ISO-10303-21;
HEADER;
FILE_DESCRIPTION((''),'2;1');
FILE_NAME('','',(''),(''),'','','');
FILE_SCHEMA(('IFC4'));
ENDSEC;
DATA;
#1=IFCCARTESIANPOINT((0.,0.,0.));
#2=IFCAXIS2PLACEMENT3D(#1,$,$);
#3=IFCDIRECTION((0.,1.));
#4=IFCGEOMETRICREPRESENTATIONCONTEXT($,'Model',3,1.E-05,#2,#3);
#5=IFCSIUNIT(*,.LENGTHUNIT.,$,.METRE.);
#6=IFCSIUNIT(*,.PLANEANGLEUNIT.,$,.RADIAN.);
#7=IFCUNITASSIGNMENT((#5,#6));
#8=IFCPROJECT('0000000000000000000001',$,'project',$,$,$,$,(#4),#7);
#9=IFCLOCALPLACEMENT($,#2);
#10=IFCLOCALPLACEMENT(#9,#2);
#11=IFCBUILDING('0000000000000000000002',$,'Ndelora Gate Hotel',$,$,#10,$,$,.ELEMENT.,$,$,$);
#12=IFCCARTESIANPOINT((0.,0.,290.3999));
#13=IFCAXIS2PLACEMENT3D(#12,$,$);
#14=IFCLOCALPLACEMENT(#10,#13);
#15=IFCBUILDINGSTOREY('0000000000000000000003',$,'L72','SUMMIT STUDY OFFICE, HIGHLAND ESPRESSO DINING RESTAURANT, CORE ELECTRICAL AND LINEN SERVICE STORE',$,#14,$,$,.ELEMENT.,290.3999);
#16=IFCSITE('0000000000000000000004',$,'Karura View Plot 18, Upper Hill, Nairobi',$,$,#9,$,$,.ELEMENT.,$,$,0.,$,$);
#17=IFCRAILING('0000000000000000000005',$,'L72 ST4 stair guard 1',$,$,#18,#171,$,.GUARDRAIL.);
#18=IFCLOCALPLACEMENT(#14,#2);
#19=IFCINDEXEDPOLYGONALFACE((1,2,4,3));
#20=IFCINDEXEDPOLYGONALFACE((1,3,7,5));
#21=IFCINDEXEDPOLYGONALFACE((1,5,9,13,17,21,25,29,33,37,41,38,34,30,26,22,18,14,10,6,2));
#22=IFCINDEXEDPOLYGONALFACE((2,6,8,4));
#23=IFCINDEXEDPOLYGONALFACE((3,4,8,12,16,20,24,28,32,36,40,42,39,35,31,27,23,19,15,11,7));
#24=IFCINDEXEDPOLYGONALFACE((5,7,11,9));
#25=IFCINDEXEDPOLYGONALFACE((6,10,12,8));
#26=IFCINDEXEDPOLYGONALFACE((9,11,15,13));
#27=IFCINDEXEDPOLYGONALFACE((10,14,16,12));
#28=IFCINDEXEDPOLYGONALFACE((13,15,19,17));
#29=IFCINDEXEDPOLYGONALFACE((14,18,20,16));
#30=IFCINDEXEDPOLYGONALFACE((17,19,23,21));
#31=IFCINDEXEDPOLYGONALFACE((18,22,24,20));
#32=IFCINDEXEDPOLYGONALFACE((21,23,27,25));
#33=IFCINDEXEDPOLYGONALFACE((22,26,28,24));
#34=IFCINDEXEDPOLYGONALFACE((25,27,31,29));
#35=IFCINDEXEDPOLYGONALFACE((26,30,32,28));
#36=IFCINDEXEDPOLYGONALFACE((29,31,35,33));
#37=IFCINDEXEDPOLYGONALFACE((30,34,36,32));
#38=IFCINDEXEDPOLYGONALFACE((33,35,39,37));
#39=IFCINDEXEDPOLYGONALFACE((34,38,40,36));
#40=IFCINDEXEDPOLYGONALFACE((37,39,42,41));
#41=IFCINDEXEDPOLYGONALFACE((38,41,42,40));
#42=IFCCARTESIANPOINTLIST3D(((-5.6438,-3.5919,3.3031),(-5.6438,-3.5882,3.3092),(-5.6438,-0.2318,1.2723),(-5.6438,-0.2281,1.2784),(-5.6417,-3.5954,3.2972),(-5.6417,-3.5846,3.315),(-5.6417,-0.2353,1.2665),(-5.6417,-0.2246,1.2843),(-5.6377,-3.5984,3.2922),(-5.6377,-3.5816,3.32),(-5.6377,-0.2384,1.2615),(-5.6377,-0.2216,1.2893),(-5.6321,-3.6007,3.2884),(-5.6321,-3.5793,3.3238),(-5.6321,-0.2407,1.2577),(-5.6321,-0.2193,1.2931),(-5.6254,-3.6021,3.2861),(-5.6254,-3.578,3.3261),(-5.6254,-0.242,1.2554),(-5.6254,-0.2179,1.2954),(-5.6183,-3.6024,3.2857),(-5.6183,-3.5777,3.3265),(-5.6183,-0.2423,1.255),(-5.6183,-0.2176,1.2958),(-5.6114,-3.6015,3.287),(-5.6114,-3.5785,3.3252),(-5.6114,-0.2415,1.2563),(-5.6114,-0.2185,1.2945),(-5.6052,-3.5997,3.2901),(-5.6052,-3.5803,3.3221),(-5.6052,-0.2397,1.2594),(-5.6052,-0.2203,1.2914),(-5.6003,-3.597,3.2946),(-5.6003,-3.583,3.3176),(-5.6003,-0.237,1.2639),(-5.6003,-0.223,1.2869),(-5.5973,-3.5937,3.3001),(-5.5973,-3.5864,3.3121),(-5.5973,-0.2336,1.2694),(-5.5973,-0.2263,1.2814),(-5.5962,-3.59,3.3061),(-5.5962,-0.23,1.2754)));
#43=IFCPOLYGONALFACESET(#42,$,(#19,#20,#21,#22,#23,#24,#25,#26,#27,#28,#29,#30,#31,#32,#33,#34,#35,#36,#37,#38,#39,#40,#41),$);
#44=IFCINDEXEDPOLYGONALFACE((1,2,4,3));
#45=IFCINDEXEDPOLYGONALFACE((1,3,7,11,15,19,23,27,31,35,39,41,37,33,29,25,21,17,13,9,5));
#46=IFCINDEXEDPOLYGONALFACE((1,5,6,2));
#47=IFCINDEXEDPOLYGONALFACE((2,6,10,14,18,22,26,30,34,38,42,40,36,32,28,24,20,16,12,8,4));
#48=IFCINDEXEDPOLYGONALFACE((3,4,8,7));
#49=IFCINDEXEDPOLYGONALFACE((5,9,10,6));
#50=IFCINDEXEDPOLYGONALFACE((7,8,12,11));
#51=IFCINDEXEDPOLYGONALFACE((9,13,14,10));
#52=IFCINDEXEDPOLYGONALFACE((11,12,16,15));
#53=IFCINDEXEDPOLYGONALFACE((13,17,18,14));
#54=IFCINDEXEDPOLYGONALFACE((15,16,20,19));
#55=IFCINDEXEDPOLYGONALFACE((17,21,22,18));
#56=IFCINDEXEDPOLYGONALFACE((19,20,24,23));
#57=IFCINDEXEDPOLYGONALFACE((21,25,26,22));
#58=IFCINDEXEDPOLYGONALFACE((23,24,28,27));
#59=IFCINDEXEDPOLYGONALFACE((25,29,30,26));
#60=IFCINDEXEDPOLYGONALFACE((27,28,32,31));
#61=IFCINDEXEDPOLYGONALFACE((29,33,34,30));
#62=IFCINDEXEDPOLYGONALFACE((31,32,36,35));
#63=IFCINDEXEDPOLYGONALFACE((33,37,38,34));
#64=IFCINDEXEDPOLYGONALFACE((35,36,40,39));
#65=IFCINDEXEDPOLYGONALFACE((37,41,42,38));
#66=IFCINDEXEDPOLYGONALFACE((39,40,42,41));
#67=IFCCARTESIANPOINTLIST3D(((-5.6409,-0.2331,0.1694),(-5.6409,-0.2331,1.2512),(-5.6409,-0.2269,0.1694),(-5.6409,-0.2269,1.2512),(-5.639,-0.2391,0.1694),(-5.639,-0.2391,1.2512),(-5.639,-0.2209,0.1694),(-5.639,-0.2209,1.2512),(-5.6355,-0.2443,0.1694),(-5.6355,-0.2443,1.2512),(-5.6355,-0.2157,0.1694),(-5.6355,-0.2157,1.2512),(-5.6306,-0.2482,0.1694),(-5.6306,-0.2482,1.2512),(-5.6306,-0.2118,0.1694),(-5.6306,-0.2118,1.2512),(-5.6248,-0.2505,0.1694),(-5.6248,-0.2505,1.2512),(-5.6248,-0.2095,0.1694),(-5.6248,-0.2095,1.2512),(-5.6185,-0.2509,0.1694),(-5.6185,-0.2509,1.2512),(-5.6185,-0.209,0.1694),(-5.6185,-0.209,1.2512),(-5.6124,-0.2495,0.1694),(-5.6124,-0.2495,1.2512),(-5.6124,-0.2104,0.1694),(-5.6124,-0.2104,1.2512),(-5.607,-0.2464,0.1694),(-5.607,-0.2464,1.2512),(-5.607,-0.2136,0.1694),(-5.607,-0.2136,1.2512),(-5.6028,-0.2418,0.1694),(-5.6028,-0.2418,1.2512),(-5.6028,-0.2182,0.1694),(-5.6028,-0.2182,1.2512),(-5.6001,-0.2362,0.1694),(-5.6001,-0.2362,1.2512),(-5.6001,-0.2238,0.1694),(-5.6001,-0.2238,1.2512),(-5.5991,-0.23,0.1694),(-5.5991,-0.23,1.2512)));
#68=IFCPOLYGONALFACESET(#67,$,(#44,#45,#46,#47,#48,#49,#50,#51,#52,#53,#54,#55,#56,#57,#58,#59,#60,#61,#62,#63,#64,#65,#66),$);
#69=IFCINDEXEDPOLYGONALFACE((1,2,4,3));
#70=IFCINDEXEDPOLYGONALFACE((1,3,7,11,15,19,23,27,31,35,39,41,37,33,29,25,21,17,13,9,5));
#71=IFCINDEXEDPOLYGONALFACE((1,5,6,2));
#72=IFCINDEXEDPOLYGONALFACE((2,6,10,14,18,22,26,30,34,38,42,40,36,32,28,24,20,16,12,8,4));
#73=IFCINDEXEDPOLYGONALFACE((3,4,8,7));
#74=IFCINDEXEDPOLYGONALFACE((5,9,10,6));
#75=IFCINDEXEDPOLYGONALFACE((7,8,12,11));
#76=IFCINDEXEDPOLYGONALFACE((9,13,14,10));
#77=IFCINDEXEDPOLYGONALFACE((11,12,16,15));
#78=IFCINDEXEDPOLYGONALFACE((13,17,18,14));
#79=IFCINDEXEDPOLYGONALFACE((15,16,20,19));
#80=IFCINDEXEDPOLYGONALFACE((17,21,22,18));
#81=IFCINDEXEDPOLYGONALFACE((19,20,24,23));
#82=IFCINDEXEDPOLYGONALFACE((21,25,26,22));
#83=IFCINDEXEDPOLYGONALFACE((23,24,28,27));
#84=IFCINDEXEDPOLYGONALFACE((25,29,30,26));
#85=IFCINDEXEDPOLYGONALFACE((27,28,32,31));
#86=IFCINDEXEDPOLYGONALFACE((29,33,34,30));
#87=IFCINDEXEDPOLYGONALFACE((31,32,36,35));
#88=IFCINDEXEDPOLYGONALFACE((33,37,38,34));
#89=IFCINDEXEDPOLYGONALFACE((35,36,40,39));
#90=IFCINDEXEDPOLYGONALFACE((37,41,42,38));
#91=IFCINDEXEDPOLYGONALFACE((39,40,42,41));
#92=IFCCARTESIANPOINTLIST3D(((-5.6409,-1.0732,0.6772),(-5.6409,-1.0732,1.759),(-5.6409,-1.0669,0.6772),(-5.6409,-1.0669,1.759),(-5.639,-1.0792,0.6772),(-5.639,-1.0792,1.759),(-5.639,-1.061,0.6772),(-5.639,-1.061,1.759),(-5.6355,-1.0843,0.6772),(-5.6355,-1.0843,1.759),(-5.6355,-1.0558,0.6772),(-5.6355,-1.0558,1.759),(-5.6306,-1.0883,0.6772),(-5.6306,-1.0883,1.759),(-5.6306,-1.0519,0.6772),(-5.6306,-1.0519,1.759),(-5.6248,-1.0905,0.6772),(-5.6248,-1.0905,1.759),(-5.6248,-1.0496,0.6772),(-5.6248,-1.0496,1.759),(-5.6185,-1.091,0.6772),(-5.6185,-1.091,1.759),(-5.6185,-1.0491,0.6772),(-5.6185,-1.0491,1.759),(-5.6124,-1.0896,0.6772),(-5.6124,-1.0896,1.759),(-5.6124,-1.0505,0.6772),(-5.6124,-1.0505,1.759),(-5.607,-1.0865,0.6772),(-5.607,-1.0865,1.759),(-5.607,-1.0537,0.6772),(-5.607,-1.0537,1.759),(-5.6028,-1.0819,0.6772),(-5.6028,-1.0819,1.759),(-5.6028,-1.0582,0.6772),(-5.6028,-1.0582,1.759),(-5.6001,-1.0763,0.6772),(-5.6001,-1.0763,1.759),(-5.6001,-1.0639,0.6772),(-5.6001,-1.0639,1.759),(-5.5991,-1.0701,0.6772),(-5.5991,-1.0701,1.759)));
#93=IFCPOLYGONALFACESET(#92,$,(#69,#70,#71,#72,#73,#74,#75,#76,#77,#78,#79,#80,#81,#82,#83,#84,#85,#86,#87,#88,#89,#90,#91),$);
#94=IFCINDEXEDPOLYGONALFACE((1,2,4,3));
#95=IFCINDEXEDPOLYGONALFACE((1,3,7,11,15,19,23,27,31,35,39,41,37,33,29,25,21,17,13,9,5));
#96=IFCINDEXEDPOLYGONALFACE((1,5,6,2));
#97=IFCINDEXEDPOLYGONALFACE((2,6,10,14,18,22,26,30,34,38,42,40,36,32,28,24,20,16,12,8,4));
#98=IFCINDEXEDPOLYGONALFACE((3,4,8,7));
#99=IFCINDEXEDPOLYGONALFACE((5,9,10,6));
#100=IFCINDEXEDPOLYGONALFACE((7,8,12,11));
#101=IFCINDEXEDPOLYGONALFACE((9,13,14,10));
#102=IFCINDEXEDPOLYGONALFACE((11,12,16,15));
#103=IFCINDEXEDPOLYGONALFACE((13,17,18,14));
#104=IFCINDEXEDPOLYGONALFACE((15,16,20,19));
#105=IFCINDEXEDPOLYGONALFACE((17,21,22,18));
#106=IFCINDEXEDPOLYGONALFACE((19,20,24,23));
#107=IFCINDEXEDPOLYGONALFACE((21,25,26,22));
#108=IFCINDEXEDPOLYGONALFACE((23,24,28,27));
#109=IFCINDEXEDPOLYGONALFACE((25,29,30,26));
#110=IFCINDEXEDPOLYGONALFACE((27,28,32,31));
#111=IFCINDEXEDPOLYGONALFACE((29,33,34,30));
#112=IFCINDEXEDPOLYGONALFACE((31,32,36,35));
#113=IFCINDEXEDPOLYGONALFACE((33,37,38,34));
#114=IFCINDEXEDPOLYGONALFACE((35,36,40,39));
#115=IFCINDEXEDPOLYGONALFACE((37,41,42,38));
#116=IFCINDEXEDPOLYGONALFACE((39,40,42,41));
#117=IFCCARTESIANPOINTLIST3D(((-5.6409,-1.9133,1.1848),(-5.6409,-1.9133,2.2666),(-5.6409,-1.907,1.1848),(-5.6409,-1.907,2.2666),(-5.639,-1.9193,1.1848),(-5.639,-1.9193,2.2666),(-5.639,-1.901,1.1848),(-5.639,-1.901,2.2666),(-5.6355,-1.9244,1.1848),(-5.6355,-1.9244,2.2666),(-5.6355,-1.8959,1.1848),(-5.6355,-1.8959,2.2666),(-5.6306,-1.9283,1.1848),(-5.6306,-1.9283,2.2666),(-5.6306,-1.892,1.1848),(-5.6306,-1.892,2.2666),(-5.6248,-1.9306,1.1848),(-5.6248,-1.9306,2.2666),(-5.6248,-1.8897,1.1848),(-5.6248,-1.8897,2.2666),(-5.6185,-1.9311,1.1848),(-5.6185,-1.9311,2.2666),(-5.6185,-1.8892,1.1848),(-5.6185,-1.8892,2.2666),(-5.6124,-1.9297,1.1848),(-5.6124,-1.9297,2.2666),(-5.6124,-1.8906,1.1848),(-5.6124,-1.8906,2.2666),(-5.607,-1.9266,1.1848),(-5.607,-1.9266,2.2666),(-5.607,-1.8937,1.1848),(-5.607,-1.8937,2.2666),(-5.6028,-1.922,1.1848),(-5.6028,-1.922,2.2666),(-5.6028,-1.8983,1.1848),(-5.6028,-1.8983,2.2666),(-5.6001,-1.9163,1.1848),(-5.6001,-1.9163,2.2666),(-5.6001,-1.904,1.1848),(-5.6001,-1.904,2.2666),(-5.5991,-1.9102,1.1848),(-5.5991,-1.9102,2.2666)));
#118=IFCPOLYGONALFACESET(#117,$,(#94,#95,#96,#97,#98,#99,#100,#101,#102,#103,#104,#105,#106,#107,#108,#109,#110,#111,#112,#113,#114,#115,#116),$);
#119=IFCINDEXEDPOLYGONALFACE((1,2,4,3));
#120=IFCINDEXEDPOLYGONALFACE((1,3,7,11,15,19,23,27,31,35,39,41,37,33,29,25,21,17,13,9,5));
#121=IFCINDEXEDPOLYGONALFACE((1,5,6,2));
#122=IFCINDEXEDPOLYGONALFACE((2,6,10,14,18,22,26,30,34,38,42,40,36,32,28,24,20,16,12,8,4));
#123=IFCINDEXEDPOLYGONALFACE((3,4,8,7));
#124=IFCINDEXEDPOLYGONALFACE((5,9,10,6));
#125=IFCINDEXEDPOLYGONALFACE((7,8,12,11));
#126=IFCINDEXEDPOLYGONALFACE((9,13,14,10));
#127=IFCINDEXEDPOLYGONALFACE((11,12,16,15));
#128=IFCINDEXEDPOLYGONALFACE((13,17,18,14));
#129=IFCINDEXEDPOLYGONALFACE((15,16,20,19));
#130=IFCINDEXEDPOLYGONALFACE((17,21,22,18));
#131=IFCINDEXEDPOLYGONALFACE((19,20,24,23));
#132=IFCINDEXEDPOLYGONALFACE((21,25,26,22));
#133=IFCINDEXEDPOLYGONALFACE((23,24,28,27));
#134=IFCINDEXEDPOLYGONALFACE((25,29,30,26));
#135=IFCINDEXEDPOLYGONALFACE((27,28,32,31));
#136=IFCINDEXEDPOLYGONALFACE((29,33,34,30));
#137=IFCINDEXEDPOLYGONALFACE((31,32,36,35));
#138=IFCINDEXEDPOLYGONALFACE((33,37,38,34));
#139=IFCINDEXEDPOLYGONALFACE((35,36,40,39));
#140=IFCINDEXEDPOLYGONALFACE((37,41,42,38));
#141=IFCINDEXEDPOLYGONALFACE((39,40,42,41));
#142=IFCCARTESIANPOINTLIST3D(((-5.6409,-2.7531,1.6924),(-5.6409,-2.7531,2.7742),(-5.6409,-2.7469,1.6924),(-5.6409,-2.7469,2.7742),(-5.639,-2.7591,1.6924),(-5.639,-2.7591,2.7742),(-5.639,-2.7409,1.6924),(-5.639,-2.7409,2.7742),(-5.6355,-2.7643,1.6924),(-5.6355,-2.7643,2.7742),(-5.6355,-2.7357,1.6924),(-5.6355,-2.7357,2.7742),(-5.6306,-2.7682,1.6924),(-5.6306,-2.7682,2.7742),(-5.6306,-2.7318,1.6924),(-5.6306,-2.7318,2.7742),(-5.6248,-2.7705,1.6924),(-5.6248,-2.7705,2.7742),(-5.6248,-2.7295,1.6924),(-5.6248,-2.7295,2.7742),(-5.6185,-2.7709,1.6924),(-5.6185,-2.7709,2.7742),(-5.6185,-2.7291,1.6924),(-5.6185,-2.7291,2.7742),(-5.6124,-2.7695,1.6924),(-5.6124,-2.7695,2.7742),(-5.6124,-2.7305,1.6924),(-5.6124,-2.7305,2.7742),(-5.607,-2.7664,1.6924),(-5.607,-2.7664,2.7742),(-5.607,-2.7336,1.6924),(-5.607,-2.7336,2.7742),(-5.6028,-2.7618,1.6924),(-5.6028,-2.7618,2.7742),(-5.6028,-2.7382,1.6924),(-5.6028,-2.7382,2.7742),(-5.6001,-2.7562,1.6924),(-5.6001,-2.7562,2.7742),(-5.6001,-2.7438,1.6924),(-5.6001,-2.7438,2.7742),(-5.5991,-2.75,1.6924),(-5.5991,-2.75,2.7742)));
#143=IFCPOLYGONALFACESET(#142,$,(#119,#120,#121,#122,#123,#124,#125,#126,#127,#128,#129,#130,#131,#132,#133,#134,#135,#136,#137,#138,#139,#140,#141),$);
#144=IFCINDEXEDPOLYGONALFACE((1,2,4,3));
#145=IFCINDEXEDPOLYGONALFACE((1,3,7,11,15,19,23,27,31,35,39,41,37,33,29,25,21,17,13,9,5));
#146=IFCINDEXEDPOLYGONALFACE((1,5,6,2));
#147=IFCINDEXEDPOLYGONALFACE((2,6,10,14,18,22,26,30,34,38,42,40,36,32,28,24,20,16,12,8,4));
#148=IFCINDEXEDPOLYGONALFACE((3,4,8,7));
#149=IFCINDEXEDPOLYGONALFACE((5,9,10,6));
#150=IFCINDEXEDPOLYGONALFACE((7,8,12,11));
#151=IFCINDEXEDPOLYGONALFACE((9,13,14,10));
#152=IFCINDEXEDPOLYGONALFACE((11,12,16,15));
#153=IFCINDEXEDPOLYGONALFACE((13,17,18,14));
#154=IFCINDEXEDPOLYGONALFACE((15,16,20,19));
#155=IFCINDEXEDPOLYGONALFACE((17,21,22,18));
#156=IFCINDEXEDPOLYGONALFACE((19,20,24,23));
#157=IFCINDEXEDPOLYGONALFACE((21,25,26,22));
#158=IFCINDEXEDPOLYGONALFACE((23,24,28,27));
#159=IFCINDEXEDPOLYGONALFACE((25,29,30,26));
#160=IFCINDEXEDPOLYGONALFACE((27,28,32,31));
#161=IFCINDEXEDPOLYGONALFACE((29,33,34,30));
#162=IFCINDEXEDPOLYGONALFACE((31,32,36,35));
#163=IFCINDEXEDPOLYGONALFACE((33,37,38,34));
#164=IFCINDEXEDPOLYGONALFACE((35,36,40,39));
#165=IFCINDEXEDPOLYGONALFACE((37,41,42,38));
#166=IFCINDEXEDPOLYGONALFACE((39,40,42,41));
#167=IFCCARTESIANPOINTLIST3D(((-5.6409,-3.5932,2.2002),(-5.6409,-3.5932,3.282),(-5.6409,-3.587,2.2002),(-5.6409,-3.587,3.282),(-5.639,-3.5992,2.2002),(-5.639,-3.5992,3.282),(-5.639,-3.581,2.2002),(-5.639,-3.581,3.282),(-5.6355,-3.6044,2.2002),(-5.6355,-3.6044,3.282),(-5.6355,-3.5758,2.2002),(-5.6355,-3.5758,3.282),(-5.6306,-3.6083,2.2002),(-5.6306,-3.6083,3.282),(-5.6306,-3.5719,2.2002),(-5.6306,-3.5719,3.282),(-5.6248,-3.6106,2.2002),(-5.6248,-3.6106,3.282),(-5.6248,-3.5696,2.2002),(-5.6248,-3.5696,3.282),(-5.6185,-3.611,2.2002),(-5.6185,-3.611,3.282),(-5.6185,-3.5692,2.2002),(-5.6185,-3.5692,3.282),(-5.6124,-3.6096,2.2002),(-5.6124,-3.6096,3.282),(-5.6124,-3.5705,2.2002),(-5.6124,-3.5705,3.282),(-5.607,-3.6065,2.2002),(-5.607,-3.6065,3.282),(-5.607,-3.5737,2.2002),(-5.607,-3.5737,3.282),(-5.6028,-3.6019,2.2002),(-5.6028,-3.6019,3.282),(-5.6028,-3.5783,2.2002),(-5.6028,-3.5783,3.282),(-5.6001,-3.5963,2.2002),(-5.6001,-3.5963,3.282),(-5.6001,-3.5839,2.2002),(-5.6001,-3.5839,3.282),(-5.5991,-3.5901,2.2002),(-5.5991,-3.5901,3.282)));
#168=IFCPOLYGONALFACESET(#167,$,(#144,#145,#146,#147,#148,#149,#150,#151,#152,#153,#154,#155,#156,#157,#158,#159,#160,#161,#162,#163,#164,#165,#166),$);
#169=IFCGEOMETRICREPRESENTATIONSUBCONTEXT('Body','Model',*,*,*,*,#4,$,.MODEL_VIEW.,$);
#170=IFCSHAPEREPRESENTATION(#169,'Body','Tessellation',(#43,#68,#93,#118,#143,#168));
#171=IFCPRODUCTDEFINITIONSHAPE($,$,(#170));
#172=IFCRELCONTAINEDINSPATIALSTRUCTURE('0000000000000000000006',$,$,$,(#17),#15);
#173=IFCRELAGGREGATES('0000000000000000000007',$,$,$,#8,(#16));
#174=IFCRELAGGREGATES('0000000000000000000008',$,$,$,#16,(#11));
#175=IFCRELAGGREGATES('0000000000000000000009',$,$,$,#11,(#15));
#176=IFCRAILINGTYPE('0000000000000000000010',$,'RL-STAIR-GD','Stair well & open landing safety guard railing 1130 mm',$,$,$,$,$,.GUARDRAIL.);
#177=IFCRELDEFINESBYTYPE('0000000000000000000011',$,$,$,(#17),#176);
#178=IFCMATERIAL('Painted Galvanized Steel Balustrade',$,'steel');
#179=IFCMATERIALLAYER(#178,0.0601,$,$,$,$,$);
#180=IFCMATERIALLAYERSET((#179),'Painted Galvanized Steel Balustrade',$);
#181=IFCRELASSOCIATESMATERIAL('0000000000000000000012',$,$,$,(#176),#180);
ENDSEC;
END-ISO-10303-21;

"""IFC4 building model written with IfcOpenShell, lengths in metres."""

from ifc_helpers import new_model, si_unit, direction, frame, origin, origin_2d, place, context, subcontext, project, spatial, circle, extrude, material, layer, layer_set, type_object, element, save


model = new_model("IFC4")

# Units and contexts
model_context = context("Model", 3, precision=1e-05, world=origin(), true_north=direction((0.0, 1.0)))
body_context = subcontext(model_context, "Body", "Model", "MODEL_VIEW")
ifc_project = project(units=[si_unit("LENGTHUNIT", "METRE"), si_unit("PLANEANGLEUNIT", "RADIAN")], contexts=[model_context])

# Site, building, storey
site_placement = place(None, origin())
site = spatial("IfcSite", under=ifc_project, at=site_placement, Name="Karura View Plot 18, Upper Hill, Nairobi", CompositionType="ELEMENT", RefElevation=0.0)
building_placement = place(site_placement, origin())
building = spatial("IfcBuilding", under=site, at=building_placement, Name="Ndelora Gate Hotel", CompositionType="ELEMENT")
storey_placement = place(building_placement, frame((0.0, 0.0, 290.3999)))
storey = spatial("IfcBuildingStorey", under=building, at=storey_placement, Name="L72", Description="SUMMIT STUDY OFFICE, HIGHLAND ESPRESSO DINING RESTAURANT, CORE ELECTRICAL AND LINEN SERVICE STORE", CompositionType="ELEMENT", Elevation=290.3999)

# Railing
ifc_material_1 = material(Name="Painted Galvanized Steel Balustrade", Category="steel")
ifc_layer_1 = layer(ifc_material_1, 0.0601)
ifc_layer_set_1 = layer_set([ifc_layer_1], Name="Painted Galvanized Steel Balustrade")
railing_type_1 = type_object("IfcRailingType", Name="RL-STAIR-GD", Description="Stair well & open landing safety guard railing 1130 mm", PredefinedType="GUARDRAIL", material=ifc_layer_set_1)
railing_1_placement = place(storey_placement, frame((-5.6201, -0.23, 0.1694)))
element("IfcRailing", 1, at=railing_1_placement, inside=storey, type_object=railing_type_1, Name="L72 ST4 stair guard 1", PredefinedType="GUARDRAIL", context=body_context, shape_type="SweptSolid", body=[
    extrude(circle(Radius=0.0239, at=origin_2d()), frame((0.0, 0.0, 1.106), z_axis=(0.0, -0.855837, 0.517246), x_axis=(1.0, 0.0, 0.0)), (0.0, 0.0, 1.0), 3.926),
    extrude(circle(Radius=0.021, at=origin_2d()), origin(), (0.0, 0.0, 1.0), 1.0818),
    extrude(circle(Radius=0.021, at=origin_2d()), frame((0.0, -0.8401, 0.5078)), (0.0, 0.0, 1.0), 1.0818),
    extrude(circle(Radius=0.021, at=origin_2d()), frame((0.0, -1.6802, 1.0154)), (0.0, 0.0, 1.0), 1.0818),
    extrude(circle(Radius=0.021, at=origin_2d()), frame((0.0, -2.52, 1.5229)), (0.0, 0.0, 1.0), 1.0818),
    extrude(circle(Radius=0.021, at=origin_2d()), frame((0.0, -3.3601, 2.0308)), (0.0, 0.0, 1.0), 1.0818),
])

save(model, "model.ifc")
